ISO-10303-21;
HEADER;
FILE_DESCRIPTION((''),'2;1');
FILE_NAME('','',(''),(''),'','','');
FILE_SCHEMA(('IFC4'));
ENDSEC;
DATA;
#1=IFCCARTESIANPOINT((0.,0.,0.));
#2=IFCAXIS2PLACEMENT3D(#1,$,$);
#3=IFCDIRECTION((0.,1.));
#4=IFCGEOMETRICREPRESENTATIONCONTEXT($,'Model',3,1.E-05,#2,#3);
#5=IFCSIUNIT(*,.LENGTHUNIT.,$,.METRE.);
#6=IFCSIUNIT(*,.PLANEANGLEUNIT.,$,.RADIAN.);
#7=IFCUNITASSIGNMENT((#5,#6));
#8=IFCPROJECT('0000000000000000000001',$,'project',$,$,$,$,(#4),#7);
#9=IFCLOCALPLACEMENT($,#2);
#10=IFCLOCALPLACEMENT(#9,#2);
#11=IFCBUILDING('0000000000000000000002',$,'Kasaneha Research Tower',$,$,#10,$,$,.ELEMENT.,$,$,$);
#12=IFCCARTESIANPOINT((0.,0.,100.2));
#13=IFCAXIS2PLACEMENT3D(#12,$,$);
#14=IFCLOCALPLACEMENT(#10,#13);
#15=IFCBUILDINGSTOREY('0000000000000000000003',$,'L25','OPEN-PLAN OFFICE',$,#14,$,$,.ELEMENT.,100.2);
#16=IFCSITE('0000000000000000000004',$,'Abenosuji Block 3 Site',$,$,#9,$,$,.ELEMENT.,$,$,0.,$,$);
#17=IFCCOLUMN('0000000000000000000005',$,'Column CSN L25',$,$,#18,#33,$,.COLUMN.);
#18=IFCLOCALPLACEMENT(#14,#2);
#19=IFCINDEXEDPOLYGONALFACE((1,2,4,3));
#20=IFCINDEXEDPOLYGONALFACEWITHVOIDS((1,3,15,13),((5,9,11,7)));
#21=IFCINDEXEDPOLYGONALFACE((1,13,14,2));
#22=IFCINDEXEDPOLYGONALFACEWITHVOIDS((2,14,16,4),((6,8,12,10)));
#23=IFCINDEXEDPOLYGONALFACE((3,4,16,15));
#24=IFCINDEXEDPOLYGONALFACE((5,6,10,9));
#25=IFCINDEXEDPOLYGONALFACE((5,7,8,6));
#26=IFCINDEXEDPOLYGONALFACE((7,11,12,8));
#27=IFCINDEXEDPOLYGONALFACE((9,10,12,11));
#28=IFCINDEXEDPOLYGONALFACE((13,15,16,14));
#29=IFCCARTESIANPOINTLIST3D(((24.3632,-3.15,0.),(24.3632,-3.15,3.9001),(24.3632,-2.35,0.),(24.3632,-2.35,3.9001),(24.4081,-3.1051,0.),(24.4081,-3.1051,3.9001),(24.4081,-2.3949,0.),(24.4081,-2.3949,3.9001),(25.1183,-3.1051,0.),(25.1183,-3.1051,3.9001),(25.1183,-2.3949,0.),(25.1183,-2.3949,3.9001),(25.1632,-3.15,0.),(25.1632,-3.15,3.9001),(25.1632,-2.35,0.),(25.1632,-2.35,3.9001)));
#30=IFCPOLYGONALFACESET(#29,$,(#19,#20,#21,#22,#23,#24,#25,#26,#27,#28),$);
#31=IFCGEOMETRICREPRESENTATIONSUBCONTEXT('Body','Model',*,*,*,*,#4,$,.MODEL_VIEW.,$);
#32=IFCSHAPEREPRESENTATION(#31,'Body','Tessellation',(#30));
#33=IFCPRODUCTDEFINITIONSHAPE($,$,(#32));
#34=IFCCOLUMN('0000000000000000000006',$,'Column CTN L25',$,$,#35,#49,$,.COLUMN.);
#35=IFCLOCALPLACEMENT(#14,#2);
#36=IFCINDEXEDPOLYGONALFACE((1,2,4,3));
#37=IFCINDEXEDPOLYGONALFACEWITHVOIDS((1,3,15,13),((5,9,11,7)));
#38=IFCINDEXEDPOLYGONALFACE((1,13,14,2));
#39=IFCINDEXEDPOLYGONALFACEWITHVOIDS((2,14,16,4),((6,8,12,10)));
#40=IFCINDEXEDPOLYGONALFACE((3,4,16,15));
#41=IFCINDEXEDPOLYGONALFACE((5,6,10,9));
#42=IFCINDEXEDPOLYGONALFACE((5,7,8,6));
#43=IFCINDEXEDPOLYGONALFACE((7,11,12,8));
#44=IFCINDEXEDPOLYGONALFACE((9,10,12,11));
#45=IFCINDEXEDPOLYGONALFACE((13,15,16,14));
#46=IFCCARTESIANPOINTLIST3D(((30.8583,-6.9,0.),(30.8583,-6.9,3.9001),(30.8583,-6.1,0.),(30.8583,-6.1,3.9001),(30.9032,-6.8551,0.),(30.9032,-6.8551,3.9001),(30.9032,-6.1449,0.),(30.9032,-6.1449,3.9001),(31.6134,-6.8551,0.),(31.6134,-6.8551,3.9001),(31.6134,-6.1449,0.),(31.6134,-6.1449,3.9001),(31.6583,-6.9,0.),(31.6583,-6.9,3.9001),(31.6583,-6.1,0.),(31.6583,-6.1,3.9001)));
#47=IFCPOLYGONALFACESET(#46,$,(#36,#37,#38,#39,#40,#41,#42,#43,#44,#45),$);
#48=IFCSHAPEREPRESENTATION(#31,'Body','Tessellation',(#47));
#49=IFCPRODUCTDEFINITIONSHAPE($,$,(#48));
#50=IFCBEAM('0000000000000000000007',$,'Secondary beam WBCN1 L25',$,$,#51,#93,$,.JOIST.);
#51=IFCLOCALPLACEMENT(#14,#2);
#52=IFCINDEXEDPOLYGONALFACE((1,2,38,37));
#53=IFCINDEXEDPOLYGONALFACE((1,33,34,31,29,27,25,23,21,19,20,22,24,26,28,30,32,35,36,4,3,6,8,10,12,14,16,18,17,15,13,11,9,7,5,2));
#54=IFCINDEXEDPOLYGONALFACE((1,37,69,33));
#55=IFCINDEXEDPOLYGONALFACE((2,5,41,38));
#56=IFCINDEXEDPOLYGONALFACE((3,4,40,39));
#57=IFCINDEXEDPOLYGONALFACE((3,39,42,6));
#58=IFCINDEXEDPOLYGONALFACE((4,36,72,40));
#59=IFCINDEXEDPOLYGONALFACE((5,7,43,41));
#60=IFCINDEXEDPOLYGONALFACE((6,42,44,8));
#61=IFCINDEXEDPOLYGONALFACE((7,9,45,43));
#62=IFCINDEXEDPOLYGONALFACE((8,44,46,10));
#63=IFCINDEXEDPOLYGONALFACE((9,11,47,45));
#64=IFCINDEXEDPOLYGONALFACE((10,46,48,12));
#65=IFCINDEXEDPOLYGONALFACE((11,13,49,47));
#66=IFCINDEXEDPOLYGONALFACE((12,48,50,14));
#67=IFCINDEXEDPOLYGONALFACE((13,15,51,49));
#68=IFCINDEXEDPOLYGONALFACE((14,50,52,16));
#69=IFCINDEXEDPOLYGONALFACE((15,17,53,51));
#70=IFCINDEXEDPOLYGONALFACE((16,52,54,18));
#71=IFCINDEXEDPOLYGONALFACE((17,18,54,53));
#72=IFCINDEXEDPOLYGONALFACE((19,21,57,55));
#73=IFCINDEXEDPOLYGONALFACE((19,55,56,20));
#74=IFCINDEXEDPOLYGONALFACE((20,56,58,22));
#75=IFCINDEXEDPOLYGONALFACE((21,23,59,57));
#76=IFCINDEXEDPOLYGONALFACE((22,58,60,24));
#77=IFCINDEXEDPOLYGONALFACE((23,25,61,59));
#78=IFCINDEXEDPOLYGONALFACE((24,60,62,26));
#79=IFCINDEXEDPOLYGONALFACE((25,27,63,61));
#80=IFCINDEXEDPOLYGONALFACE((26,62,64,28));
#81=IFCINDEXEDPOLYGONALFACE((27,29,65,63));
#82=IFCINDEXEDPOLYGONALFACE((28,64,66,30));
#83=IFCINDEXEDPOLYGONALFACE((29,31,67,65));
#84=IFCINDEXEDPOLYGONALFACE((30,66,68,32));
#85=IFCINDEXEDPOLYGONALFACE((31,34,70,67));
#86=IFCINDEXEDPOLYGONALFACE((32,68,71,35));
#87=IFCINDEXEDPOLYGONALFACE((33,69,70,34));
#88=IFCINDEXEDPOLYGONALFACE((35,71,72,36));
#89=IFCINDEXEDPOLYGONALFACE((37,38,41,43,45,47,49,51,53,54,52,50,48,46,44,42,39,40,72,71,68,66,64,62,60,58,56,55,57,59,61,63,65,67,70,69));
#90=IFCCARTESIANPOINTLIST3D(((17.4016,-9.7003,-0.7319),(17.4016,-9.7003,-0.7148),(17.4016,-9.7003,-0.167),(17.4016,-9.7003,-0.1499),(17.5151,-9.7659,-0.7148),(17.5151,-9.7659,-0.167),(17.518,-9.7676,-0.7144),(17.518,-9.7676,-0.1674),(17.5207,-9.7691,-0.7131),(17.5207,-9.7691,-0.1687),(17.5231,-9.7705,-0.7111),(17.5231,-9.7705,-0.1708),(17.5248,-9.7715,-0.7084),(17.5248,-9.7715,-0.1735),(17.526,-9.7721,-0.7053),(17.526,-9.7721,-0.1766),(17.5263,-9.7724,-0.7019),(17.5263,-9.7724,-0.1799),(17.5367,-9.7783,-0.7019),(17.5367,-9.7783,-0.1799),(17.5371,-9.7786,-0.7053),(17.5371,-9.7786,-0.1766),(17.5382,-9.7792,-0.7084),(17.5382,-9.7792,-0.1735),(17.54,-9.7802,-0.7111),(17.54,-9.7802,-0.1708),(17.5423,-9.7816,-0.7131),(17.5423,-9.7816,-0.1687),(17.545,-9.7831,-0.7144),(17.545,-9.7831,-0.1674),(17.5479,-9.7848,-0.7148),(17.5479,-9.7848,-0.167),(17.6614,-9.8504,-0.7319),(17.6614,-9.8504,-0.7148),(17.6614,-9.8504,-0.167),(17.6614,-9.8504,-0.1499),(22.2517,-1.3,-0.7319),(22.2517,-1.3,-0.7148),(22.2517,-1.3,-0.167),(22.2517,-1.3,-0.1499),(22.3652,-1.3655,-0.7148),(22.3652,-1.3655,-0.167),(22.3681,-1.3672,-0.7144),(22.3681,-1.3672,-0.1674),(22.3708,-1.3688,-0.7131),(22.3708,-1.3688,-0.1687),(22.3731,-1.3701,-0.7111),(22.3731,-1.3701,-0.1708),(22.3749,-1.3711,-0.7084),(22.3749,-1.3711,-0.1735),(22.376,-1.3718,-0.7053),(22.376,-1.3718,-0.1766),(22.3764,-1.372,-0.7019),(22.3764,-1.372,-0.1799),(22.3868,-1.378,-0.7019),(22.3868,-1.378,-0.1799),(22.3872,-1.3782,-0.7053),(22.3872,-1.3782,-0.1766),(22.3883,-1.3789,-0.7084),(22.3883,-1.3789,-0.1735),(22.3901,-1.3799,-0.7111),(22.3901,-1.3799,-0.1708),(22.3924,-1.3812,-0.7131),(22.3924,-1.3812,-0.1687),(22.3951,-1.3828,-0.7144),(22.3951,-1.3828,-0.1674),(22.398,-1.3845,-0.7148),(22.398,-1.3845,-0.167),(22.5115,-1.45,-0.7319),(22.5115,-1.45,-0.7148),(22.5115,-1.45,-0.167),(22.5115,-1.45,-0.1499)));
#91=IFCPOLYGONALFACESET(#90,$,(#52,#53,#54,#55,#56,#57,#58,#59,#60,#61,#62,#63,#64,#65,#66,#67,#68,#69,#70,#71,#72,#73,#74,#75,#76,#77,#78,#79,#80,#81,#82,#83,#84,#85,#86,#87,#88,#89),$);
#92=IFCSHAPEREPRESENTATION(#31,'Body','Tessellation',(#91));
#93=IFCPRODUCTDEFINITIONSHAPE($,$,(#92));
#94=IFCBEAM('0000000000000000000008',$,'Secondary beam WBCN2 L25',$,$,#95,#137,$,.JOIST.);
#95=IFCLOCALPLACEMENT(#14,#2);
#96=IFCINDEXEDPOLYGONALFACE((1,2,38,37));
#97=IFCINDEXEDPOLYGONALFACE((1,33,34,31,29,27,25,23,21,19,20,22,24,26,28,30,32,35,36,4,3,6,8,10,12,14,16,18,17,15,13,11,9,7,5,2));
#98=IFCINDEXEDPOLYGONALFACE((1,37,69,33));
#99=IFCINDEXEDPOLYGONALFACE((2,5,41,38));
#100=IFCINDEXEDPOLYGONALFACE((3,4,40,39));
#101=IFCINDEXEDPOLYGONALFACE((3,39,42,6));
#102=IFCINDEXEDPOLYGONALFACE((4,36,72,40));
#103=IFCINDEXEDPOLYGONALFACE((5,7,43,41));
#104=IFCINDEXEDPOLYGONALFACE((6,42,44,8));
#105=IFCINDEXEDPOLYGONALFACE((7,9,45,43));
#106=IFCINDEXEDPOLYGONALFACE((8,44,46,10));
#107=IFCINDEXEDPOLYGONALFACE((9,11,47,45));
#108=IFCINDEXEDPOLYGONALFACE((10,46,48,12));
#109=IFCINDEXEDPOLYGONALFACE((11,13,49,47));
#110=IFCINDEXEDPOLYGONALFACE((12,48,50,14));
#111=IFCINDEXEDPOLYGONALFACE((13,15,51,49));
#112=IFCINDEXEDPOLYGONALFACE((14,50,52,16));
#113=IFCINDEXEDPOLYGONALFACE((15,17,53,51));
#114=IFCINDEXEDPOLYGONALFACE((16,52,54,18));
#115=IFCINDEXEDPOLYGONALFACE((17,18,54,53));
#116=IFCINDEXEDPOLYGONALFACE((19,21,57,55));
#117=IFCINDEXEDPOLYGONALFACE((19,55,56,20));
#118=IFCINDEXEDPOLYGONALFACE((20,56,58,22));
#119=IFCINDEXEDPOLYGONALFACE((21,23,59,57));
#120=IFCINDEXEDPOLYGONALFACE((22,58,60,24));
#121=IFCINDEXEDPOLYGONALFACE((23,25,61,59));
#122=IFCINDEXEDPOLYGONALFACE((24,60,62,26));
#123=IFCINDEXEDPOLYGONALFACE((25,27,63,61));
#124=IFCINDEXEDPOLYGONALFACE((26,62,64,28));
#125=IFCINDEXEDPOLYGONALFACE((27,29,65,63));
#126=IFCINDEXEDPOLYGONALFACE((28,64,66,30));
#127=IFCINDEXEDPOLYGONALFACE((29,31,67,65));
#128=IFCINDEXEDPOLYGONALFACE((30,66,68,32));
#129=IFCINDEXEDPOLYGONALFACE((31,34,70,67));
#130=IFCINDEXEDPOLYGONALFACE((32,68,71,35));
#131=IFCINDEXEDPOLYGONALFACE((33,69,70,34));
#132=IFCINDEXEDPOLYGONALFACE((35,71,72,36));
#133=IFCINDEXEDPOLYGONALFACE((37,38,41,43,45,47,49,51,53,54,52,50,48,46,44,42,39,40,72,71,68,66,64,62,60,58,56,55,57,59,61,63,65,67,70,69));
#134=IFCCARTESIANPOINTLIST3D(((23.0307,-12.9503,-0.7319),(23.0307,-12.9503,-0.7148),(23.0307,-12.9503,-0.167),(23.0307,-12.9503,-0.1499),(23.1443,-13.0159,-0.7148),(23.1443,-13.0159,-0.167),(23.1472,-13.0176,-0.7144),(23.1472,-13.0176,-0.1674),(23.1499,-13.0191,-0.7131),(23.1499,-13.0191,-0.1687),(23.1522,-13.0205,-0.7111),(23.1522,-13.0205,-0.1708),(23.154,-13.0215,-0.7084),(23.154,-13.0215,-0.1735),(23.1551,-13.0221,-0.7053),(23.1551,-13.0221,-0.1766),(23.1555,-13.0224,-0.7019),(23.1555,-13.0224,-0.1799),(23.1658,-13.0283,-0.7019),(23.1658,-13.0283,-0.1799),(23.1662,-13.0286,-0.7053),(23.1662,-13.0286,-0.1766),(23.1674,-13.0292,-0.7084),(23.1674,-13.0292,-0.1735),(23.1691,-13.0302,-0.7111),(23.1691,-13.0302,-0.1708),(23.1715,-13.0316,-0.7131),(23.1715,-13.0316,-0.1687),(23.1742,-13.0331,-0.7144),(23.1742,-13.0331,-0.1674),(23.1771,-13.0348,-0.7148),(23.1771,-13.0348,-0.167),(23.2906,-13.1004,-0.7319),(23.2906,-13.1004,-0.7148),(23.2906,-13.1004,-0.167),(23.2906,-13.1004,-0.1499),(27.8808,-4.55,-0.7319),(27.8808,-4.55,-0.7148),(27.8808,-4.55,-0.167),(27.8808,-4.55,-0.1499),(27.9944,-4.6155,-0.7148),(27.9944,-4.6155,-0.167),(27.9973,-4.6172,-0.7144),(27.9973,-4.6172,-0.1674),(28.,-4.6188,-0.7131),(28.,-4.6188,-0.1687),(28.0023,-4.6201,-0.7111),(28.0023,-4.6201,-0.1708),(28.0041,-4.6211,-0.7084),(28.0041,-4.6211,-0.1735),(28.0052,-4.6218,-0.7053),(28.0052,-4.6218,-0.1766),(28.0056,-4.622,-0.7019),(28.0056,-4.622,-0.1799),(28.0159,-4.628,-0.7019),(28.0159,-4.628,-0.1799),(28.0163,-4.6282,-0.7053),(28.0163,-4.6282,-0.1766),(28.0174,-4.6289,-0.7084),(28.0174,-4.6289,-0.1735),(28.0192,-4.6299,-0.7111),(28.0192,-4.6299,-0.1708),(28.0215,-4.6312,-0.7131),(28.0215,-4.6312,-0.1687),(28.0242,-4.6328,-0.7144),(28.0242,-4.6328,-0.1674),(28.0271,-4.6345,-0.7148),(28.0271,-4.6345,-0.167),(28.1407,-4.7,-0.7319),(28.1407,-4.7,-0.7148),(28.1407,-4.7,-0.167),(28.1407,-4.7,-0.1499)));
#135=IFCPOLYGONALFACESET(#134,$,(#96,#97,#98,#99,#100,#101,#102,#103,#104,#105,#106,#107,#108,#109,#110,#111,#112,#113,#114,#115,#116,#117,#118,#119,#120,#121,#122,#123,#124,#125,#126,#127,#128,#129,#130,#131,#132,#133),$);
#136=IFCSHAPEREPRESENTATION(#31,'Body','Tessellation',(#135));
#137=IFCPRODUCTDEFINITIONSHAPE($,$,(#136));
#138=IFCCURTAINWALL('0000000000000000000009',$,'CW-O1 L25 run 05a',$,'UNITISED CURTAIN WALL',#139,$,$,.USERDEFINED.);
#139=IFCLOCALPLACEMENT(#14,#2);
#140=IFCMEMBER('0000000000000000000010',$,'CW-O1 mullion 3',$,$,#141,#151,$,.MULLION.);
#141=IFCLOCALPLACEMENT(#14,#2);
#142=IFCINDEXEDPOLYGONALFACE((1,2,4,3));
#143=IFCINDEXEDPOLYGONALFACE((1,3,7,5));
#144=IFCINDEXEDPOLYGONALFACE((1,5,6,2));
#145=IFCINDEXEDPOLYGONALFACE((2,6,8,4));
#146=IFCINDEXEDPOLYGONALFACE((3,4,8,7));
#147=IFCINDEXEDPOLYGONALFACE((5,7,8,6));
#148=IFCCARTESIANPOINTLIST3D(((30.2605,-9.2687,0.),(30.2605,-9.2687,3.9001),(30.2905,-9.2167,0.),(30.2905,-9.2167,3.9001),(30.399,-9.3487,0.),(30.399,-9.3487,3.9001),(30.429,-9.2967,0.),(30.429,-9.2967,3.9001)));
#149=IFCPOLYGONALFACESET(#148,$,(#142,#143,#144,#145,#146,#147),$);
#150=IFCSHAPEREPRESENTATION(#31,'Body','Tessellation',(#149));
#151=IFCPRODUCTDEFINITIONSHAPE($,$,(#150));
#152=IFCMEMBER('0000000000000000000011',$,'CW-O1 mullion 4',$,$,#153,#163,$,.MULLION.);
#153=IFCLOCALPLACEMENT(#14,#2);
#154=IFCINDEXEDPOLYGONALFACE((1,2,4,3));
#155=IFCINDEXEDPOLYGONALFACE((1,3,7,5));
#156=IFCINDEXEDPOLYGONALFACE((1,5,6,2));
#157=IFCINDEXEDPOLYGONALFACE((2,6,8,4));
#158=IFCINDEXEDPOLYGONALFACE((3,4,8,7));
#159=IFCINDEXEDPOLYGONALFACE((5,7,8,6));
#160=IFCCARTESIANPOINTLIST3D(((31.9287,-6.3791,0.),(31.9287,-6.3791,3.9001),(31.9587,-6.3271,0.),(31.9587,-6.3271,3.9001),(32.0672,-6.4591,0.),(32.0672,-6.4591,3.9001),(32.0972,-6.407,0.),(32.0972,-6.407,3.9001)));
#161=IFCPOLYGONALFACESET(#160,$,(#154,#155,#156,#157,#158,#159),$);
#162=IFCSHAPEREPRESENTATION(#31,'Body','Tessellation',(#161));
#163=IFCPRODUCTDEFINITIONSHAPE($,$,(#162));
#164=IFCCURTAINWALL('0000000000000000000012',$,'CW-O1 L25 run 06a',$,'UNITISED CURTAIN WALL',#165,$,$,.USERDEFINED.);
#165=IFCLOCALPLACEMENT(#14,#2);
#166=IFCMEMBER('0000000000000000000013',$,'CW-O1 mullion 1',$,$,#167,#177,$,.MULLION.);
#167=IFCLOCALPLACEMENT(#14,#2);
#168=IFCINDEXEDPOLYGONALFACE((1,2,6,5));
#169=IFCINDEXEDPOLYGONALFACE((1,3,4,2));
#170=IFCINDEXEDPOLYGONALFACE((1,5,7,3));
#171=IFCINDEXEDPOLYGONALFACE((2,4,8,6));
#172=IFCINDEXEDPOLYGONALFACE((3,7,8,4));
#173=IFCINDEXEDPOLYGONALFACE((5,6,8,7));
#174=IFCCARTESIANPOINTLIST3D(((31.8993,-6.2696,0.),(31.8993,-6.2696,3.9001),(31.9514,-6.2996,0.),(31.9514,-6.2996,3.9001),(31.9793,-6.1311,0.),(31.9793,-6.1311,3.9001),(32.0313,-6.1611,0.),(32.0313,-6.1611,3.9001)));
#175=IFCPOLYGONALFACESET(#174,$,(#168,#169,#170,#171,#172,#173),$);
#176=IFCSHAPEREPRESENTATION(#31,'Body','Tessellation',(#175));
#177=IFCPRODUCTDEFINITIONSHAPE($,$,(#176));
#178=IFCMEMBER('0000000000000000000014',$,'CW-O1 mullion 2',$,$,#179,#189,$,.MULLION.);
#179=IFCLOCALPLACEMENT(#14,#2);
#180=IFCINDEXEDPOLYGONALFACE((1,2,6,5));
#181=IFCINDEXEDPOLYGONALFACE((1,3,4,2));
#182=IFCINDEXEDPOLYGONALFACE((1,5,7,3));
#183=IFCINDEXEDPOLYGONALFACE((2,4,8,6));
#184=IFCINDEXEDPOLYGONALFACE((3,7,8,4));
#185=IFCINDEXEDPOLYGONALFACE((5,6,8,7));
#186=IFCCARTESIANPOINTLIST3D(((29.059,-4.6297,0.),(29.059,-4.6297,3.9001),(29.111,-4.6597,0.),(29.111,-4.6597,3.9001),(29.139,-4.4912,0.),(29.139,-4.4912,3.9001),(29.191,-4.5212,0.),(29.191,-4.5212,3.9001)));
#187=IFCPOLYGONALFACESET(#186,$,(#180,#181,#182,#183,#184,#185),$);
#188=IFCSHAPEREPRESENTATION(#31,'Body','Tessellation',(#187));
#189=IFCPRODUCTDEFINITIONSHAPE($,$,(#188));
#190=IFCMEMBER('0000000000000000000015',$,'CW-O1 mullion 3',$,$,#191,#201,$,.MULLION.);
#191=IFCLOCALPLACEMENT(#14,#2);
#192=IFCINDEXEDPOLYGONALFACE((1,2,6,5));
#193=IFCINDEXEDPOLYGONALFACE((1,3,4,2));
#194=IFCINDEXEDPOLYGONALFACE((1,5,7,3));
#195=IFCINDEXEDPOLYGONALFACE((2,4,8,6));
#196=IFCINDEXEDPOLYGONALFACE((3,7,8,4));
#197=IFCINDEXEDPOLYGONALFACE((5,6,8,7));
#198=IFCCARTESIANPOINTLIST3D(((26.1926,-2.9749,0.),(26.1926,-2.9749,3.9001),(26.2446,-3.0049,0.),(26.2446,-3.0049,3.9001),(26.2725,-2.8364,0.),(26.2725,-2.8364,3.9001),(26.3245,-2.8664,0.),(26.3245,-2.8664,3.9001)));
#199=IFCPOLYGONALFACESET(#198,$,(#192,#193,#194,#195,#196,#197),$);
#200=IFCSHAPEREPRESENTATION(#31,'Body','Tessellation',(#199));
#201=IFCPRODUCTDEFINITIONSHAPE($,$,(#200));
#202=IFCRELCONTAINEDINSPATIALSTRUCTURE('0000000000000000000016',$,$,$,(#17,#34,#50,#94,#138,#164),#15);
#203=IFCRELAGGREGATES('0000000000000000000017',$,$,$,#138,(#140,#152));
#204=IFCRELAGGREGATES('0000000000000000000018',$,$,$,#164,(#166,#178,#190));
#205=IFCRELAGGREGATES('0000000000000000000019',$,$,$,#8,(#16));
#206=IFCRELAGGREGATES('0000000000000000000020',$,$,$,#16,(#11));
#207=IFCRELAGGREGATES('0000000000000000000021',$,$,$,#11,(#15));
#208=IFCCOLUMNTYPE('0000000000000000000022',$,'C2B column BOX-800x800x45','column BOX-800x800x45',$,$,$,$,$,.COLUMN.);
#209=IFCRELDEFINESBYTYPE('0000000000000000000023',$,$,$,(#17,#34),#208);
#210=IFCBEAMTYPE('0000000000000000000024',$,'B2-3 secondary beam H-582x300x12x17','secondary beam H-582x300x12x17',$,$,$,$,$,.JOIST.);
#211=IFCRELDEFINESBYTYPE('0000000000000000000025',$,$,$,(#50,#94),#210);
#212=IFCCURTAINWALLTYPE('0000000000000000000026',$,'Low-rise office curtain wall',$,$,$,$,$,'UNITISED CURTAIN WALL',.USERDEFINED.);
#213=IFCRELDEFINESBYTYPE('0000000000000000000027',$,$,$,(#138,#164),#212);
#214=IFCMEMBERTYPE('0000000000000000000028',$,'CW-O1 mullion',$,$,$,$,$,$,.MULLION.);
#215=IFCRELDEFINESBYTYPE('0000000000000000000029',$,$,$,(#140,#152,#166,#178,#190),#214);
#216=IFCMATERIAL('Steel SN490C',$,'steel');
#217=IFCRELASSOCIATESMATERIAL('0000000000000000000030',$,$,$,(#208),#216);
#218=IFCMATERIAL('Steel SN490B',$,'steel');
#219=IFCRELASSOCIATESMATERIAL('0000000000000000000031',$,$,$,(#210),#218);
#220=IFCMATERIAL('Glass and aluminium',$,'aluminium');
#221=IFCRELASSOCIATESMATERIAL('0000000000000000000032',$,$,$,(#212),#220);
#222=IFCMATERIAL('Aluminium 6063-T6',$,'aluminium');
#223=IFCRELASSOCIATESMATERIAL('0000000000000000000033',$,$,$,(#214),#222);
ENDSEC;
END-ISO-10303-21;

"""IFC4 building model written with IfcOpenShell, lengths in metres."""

from ifc_helpers import new_model, si_unit, direction, frame, origin, origin_2d, place, context, subcontext, project, spatial, rectangle, hollow_rectangle, i_section, extrude, material, material_profile, profile_set, type_object, element, aggregate, save


model = new_model("IFC4")

# Units and contexts
model_context = context("Model", 3, precision=1e-05, world=origin(), true_north=direction((0.0, 1.0)))
body_context = subcontext(model_context, "Body", "Model", "MODEL_VIEW")
ifc_project = project(units=[si_unit("LENGTHUNIT", "METRE"), si_unit("PLANEANGLEUNIT", "RADIAN")], contexts=[model_context])

# Site, building, storey
site_placement = place(None, origin())
site = spatial("IfcSite", under=ifc_project, at=site_placement, Name="Abenosuji Block 3 Site", CompositionType="ELEMENT", RefElevation=0.0)
building_placement = place(site_placement, origin())
building = spatial("IfcBuilding", under=site, at=building_placement, Name="Kasaneha Research Tower", CompositionType="ELEMENT")
storey_placement = place(building_placement, frame((0.0, 0.0, 100.2)))
storey = spatial("IfcBuildingStorey", under=building, at=storey_placement, Name="L25", Description="OPEN-PLAN OFFICE", CompositionType="ELEMENT", Elevation=100.2)

# Columns
ifc_material_1 = material(Name="Steel SN490C", Category="steel")
ifc_material_profile_1 = material_profile(ifc_material_1, hollow_rectangle(XDim=0.8, YDim=0.8, WallThickness=0.0449, at=origin_2d()), Name="BOX-800x800x45")
ifc_profile_set_1 = profile_set([ifc_material_profile_1], Name="Steel SN490C")
column_type = type_object("IfcColumnType", Name="C2B column BOX-800x800x45", Description="column BOX-800x800x45", PredefinedType="COLUMN", material=ifc_profile_set_1)
for number, where, z_axis, x_axis, name in (
    (1, (24.7632, -2.75, 0.0), (0.0, 0.0, 1.0), (1.0, 0.0, 0.0), "Column CSN L25"),
    (2, (31.2583, -6.5, 0.0), (0.0, 0.0, 1.0), (1.0, 0.0, 0.0), "Column CTN L25"),
):
    element("IfcColumn", number, at=place(storey_placement, frame(where, z_axis=z_axis, x_axis=x_axis)), inside=storey, type_object=column_type, Name=name, PredefinedType="COLUMN", context=body_context, shape_type="SweptSolid", body=[
        extrude(hollow_rectangle(XDim=0.8, YDim=0.8, WallThickness=0.0449, at=origin_2d()), origin(), (0.0, 0.0, 1.0), 3.9001),
    ])

# Beams
ifc_material_2 = material(Name="Steel SN490B", Category="steel")
ifc_material_profile_2 = material_profile(ifc_material_2, i_section(OverallWidth=0.3, OverallDepth=0.582, WebThickness=0.012, FlangeThickness=0.0171, FilletRadius=0.0129, at=origin_2d()), Name="H-582x300x12x17")
ifc_profile_set_2 = profile_set([ifc_material_profile_2], Name="Steel SN490B")
beam_type_1 = type_object("IfcBeamType", Name="B2-3 secondary beam H-582x300x12x17", Description="secondary beam H-582x300x12x17", PredefinedType="JOIST", material=ifc_profile_set_2)
for number, where, z_axis, x_axis, name in (
    (3, (22.3816, -1.375, -0.4409), (-0.50001, -0.86602, 0.0), (0.86602, -0.50001, 0.0), "Secondary beam WBCN1 L25"),
    (4, (28.0107, -4.625, -0.4409), (-0.50001, -0.86602, 0.0), (0.86602, -0.50001, 0.0), "Secondary beam WBCN2 L25"),
):
    element("IfcBeam", number, at=place(storey_placement, frame(where, z_axis=z_axis, x_axis=x_axis)), inside=storey, type_object=beam_type_1, Name=name, PredefinedType="JOIST", context=body_context, shape_type="SweptSolid", body=[
        extrude(i_section(OverallWidth=0.3, OverallDepth=0.582, WebThickness=0.012, FlangeThickness=0.0171, FilletRadius=0.0129, at=origin_2d()), origin(), (0.0, 0.0, 1.0), 9.7),
    ])

# Curtain walls, members
ifc_material_3 = material(Name="Glass and aluminium", Category="aluminium")
curtain_wall_type = type_object("IfcCurtainWallType", Name="Low-rise office curtain wall", ElementType="UNITISED CURTAIN WALL", PredefinedType="USERDEFINED", material=ifc_material_3)
curtain_wall_1_placement = place(storey_placement, origin())
curtain_wall_1 = element("IfcCurtainWall", 5, at=curtain_wall_1_placement, inside=storey, type_object=curtain_wall_type, Name="CW-O1 L25 run 05a", ObjectType="UNITISED CURTAIN WALL", PredefinedType="USERDEFINED")
ifc_material_4 = material(Name="Aluminium 6063-T6", Category="aluminium")
ifc_material_profile_3 = material_profile(ifc_material_4, rectangle(XDim=0.0601, YDim=0.1599, at=origin_2d()), Name="CW-O1 mullion 60x160")
ifc_profile_set_3 = profile_set([ifc_material_profile_3], Name="Aluminium 6063-T6")
member_type_1 = type_object("IfcMemberType", Name="CW-O1 mullion", PredefinedType="MULLION", material=ifc_profile_set_3)
member_1_placement = place(storey_placement, frame((30.3447, -9.2827, 0.0), z_axis=(0.0, 0.0, 1.0), x_axis=(0.5, 0.866025, 0.0)))
member_1 = element("IfcMember", 6, at=member_1_placement, type_object=member_type_1, Name="CW-O1 mullion 3", PredefinedType="MULLION", context=body_context, shape_type="SweptSolid", body=[
    extrude(rectangle(XDim=0.0601, YDim=0.1599, at=origin_2d()), origin(), (0.0, 0.0, 1.0), 3.9001),
])
member_2_placement = place(storey_placement, frame((32.0129, -6.3931, 0.0), z_axis=(0.0, 0.0, 1.0), x_axis=(0.5, 0.866025, 0.0)))
member_2 = element("IfcMember", 7, at=member_2_placement, type_object=member_type_1, Name="CW-O1 mullion 4", PredefinedType="MULLION", context=body_context, shape_type="SweptSolid", body=[
    extrude(rectangle(XDim=0.0601, YDim=0.1599, at=origin_2d()), origin(), (0.0, 0.0, 1.0), 3.9001),
])
curtain_wall_2_placement = place(storey_placement, origin())
curtain_wall_2 = element("IfcCurtainWall", 8, at=curtain_wall_2_placement, inside=storey, type_object=curtain_wall_type, Name="CW-O1 L25 run 06a", ObjectType="UNITISED CURTAIN WALL", PredefinedType="USERDEFINED")
member_3_placement = place(storey_placement, frame((31.9653, -6.2153, 0.0), z_axis=(0.0, 0.0, 1.0), x_axis=(-0.866025, 0.5, 0.0)))
member_3 = element("IfcMember", 9, at=member_3_placement, type_object=member_type_1, Name="CW-O1 mullion 1", PredefinedType="MULLION", context=body_context, shape_type="SweptSolid", body=[
    extrude(rectangle(XDim=0.0601, YDim=0.1599, at=origin_2d()), origin(), (0.0, 0.0, 1.0), 3.9001),
])
member_4_placement = place(storey_placement, frame((29.125, -4.5754, 0.0), z_axis=(0.0, 0.0, 1.0), x_axis=(-0.866025, 0.5, 0.0)))
member_4 = element("IfcMember", 10, at=member_4_placement, type_object=member_type_1, Name="CW-O1 mullion 2", PredefinedType="MULLION", context=body_context, shape_type="SweptSolid", body=[
    extrude(rectangle(XDim=0.0601, YDim=0.1599, at=origin_2d()), origin(), (0.0, 0.0, 1.0), 3.9001),
])
member_5_placement = place(storey_placement, frame((26.2585, -2.9207, 0.0), z_axis=(0.0, 0.0, 1.0), x_axis=(-0.866025, 0.5, 0.0)))
member_5 = element("IfcMember", 11, at=member_5_placement, type_object=member_type_1, Name="CW-O1 mullion 3", PredefinedType="MULLION", context=body_context, shape_type="SweptSolid", body=[
    extrude(rectangle(XDim=0.0601, YDim=0.1599, at=origin_2d()), origin(), (0.0, 0.0, 1.0), 3.9001),
])

aggregate(curtain_wall_1, [member_1, member_2])
aggregate(curtain_wall_2, [member_3, member_4, member_5])

save(model, "model.ifc")
